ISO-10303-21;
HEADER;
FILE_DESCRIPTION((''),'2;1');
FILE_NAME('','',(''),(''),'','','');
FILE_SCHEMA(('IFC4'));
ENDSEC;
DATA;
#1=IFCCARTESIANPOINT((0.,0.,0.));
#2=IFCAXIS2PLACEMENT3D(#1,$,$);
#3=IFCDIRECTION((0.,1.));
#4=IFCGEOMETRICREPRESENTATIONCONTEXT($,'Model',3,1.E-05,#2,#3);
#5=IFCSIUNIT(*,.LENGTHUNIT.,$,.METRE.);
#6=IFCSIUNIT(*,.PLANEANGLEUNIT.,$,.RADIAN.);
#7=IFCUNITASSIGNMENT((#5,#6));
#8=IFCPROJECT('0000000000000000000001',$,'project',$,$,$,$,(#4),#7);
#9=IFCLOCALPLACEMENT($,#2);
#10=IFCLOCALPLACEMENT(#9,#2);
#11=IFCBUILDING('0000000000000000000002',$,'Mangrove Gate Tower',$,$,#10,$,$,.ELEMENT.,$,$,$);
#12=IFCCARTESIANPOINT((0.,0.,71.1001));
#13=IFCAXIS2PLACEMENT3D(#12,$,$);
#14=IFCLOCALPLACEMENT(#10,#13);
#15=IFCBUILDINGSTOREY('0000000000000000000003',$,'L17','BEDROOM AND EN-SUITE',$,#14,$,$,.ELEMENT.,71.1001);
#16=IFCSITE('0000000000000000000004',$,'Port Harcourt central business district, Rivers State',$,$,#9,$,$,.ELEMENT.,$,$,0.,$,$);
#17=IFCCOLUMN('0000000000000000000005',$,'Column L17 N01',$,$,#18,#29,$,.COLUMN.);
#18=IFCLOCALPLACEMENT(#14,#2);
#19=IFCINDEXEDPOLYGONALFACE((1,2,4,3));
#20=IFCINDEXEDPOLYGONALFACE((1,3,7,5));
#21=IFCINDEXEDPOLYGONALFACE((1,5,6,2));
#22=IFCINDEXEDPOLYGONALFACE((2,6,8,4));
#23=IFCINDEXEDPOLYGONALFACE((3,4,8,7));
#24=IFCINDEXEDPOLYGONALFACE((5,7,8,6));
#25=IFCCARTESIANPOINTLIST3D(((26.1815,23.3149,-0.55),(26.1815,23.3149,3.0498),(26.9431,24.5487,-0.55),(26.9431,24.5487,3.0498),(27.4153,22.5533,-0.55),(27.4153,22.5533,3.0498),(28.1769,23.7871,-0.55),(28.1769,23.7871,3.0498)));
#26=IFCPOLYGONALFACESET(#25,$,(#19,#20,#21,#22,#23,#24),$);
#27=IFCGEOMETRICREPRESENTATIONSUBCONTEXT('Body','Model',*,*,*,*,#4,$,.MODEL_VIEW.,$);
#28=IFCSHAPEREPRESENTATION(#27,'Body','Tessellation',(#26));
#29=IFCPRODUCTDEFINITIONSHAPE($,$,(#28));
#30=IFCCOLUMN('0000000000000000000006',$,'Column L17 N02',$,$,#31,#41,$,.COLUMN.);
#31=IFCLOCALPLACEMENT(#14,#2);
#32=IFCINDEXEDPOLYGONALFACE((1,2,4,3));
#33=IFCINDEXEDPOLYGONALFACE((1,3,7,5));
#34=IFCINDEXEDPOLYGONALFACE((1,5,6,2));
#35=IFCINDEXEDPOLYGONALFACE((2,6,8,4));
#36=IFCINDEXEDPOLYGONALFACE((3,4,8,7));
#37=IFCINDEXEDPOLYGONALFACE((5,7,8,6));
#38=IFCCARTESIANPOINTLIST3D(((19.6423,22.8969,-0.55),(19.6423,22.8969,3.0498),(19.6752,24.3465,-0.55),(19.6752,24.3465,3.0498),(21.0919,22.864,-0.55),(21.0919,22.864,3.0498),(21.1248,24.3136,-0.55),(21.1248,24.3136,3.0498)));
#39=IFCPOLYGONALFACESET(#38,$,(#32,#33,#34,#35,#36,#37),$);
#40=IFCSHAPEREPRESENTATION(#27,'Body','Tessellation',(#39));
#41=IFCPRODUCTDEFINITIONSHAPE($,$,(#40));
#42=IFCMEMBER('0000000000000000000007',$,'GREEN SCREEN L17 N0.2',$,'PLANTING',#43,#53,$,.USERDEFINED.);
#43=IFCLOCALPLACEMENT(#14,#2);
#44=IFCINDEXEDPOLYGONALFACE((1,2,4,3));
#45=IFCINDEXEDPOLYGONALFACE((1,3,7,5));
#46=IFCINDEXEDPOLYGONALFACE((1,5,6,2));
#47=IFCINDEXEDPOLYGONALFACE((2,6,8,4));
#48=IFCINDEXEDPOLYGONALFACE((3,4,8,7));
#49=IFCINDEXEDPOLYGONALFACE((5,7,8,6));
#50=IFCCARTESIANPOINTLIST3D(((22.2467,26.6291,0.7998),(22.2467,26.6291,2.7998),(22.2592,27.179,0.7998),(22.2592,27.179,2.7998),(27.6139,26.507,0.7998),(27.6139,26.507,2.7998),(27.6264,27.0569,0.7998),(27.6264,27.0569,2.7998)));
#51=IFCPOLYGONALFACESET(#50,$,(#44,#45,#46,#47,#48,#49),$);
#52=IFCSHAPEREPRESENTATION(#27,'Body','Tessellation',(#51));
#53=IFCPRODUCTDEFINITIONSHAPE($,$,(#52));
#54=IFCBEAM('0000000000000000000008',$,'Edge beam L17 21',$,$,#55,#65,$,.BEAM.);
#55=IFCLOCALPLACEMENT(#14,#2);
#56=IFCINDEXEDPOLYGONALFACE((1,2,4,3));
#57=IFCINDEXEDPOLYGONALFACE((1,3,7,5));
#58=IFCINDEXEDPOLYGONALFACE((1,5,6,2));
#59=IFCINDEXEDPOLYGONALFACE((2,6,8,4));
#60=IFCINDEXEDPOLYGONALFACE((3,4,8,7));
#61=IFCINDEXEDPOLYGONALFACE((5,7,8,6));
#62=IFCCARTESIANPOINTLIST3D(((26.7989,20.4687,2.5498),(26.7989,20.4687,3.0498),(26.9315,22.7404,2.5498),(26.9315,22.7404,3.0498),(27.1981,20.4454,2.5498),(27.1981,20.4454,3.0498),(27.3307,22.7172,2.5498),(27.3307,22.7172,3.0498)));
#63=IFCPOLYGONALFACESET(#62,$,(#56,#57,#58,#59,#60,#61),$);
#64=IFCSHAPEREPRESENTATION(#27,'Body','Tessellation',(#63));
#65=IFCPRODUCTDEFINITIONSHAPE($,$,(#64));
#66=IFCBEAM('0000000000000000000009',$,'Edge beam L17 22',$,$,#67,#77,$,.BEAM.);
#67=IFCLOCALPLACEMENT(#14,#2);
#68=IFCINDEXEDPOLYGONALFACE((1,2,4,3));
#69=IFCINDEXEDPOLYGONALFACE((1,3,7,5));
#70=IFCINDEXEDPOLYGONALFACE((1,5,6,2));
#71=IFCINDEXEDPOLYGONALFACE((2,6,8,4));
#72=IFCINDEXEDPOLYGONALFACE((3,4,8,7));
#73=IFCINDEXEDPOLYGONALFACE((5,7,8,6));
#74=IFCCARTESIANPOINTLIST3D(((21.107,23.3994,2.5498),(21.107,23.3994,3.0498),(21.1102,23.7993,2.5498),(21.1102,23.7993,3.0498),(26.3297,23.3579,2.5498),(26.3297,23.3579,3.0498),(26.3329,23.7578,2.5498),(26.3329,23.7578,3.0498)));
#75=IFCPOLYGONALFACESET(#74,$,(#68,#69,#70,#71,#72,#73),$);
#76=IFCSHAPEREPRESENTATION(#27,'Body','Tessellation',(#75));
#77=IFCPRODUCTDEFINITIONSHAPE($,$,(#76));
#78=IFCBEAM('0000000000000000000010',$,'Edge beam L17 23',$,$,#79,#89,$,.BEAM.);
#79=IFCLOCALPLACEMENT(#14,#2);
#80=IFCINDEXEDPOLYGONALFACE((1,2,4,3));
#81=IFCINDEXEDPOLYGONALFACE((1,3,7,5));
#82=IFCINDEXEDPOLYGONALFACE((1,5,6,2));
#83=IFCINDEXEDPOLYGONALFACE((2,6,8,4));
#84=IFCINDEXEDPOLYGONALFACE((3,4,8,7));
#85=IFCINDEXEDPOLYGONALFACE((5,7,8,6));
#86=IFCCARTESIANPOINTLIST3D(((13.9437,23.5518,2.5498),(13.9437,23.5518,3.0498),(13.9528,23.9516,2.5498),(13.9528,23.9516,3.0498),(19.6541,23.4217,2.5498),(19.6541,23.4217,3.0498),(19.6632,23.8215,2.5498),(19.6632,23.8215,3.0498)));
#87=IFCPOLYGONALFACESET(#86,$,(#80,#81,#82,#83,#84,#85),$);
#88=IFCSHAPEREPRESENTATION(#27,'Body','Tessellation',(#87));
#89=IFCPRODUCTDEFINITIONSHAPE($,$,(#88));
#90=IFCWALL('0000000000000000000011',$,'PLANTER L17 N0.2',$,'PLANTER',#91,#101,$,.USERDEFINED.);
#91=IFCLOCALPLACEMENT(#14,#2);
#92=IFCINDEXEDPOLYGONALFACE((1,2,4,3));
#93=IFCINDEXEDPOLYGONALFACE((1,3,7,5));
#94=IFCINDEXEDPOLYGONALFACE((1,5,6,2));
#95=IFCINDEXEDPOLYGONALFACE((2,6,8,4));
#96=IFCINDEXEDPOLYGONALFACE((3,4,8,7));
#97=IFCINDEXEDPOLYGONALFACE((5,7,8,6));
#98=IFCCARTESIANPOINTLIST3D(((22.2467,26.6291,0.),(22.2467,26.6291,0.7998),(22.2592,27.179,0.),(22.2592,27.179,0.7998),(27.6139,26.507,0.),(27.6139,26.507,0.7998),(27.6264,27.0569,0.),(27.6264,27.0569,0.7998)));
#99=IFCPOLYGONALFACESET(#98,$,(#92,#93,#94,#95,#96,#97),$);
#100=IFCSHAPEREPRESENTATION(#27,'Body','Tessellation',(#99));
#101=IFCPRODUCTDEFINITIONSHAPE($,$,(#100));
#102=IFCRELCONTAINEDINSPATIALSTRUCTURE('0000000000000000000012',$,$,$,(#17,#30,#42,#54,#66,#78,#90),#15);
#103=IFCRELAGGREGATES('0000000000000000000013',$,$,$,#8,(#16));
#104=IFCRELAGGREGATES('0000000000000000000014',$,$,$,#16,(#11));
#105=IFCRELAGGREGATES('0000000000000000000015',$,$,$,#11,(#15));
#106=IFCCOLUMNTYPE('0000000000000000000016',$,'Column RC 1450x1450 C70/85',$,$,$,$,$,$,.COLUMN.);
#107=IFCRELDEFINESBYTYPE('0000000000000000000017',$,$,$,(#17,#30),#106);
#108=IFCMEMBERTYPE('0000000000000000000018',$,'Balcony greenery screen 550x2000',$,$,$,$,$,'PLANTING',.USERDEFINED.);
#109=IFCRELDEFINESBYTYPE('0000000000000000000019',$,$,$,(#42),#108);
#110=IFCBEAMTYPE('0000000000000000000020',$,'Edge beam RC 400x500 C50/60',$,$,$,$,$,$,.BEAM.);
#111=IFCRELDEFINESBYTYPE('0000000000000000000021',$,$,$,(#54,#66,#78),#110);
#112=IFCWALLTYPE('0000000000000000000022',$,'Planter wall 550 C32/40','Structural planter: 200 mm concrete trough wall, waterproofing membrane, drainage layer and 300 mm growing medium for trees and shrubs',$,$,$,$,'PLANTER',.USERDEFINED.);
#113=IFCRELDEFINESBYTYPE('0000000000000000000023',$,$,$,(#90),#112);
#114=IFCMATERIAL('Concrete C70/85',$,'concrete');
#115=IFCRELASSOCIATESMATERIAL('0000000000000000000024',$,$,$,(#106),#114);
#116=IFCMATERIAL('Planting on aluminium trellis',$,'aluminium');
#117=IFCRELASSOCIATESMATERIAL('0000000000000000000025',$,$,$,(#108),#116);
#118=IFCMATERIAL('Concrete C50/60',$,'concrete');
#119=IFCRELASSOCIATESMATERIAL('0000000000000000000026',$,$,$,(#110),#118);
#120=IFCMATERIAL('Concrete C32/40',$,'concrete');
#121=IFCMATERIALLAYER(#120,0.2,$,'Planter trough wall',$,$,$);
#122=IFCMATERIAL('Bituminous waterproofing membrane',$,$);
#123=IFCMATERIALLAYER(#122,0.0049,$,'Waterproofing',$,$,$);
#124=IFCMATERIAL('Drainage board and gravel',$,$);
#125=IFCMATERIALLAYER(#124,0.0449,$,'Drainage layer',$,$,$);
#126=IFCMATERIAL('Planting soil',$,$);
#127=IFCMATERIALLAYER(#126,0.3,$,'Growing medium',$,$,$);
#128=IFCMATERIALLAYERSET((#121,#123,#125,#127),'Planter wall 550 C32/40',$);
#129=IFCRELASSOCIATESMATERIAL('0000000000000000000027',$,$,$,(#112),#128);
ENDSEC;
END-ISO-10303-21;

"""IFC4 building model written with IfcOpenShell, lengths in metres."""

from ifc_helpers import new_model, si_unit, direction, frame, frame_2d, origin, origin_2d, place, context, subcontext, project, spatial, rectangle, extrude, material, layer, layer_set, material_profile, profile_set, type_object, element, save


model = new_model("IFC4")

# Units and contexts
model_context = context("Model", 3, precision=1e-05, world=origin(), true_north=direction((0.0, 1.0)))
body_context = subcontext(model_context, "Body", "Model", "MODEL_VIEW")
ifc_project = project(units=[si_unit("LENGTHUNIT", "METRE"), si_unit("PLANEANGLEUNIT", "RADIAN")], contexts=[model_context])

# Site, building, storey
site_placement = place(None, origin())
site = spatial("IfcSite", under=ifc_project, at=site_placement, Name="Port Harcourt central business district, Rivers State", CompositionType="ELEMENT", RefElevation=0.0)
building_placement = place(site_placement, origin())
building = spatial("IfcBuilding", under=site, at=building_placement, Name="Mangrove Gate Tower", CompositionType="ELEMENT")
storey_placement = place(building_placement, frame((0.0, 0.0, 71.1001)))
storey = spatial("IfcBuildingStorey", under=building, at=storey_placement, Name="L17", Description="BEDROOM AND EN-SUITE", CompositionType="ELEMENT", Elevation=71.1001)

# Columns
ifc_material_1 = material(Name="Concrete C70/85", Category="concrete")
ifc_material_profile_1 = material_profile(ifc_material_1, rectangle(XDim=1.45, YDim=1.45, at=origin_2d()))
ifc_profile_set_1 = profile_set([ifc_material_profile_1], Name="Concrete C70/85")
column_type = type_object("IfcColumnType", Name="Column RC 1450x1450 C70/85", PredefinedType="COLUMN", material=ifc_profile_set_1)
for number, where, z_axis, x_axis, name in (
    (1, (27.1792, 23.551, -0.55), (0.0, 0.0, 1.0), (-0.850942, 0.52526, 0.0), "Column L17 N01"),
    (2, (20.3835, 23.6052, -0.55), (0.0, 0.0, 1.0), (-0.999743, 0.02269, 0.0), "Column L17 N02"),
):
    element("IfcColumn", number, at=place(storey_placement, frame(where, z_axis=z_axis, x_axis=x_axis)), inside=storey, type_object=column_type, Name=name, PredefinedType="COLUMN", context=body_context, shape_type="SweptSolid", body=[
        extrude(rectangle(XDim=1.45, YDim=1.45, at=origin_2d()), origin(), (0.0, 0.0, 1.0), 3.5999),
    ])

# Member
ifc_material_2 = material(Name="Planting on aluminium trellis", Category="aluminium")
ifc_material_profile_2 = material_profile(ifc_material_2, rectangle(XDim=0.55, YDim=2.0, at=origin_2d()))
ifc_profile_set_2 = profile_set([ifc_material_profile_2], Name="Planting on aluminium trellis")
member_type = type_object("IfcMemberType", Name="Balcony greenery screen 550x2000", ElementType="PLANTING", PredefinedType="USERDEFINED", material=ifc_profile_set_2)
member_placement = place(storey_placement, frame((22.2529, 26.9041, 1.7998), z_axis=(0.999741, -0.022738, 0.0), x_axis=(0.022738, 0.999741, 0.0)))
element("IfcMember", 3, at=member_placement, inside=storey, type_object=member_type, Name="GREEN SCREEN L17 N0.2", ObjectType="PLANTING", PredefinedType="USERDEFINED", context=body_context, shape_type="SweptSolid", body=[
    extrude(rectangle(XDim=0.55, YDim=2.0, at=origin_2d()), origin(), (0.0, 0.0, 1.0), 5.3687),
])

# Beams
ifc_material_3 = material(Name="Concrete C50/60", Category="concrete")
ifc_material_profile_3 = material_profile(ifc_material_3, rectangle(XDim=0.3999, YDim=0.5, at=origin_2d()))
ifc_profile_set_3 = profile_set([ifc_material_profile_3], Name="Concrete C50/60")
beam_type = type_object("IfcBeamType", Name="Edge beam RC 400x500 C50/60", PredefinedType="BEAM", material=ifc_profile_set_3)
beam_1_placement = place(storey_placement, frame((26.9985, 20.457, 2.7998), z_axis=(0.058257, 0.998302, 0.0), x_axis=(-0.998302, 0.058257, 0.0)))
element("IfcBeam", 4, at=beam_1_placement, inside=storey, type_object=beam_type, Name="Edge beam L17 21", PredefinedType="BEAM", context=body_context, shape_type="SweptSolid", body=[
    extrude(rectangle(XDim=0.3999, YDim=0.5, at=origin_2d()), origin(), (0.0, 0.0, 1.0), 2.2756),
])
beam_2_placement = place(storey_placement, frame((26.3313, 23.5579, 2.7998), z_axis=(-0.999968, 0.007947, 0.0), x_axis=(-0.007947, -0.999968, 0.0)))
element("IfcBeam", 5, at=beam_2_placement, inside=storey, type_object=beam_type, Name="Edge beam L17 22", PredefinedType="BEAM", context=body_context, shape_type="SweptSolid", body=[
    extrude(rectangle(XDim=0.3999, YDim=0.5, at=origin_2d()), origin(), (0.0, 0.0, 1.0), 5.2229),
])
beam_3_placement = place(storey_placement, frame((19.6587, 23.6216, 2.7998), z_axis=(-0.99974, 0.022782, 0.0), x_axis=(-0.022782, -0.99974, 0.0)))
element("IfcBeam", 6, at=beam_3_placement, inside=storey, type_object=beam_type, Name="Edge beam L17 23", PredefinedType="BEAM", context=body_context, shape_type="SweptSolid", body=[
    extrude(rectangle(XDim=0.3999, YDim=0.5, at=origin_2d()), origin(), (0.0, 0.0, 1.0), 5.7119),
])

# Wall
ifc_material_4 = material(Name="Concrete C32/40", Category="concrete")
ifc_layer_1 = layer(ifc_material_4, 0.2, Name="Planter trough wall")
ifc_material_5 = material(Name="Bituminous waterproofing membrane")
ifc_layer_2 = layer(ifc_material_5, 0.0049, Name="Waterproofing")
ifc_material_6 = material(Name="Drainage board and gravel")
ifc_layer_3 = layer(ifc_material_6, 0.0449, Name="Drainage layer")
ifc_material_7 = material(Name="Planting soil")
ifc_layer_4 = layer(ifc_material_7, 0.3, Name="Growing medium")
ifc_layer_set_1 = layer_set([ifc_layer_1, ifc_layer_2, ifc_layer_3, ifc_layer_4], Name="Planter wall 550 C32/40")
wall_type_1 = type_object("IfcWallType", Name="Planter wall 550 C32/40", Description="Structural planter: 200 mm concrete trough wall, waterproofing membrane, drainage layer and 300 mm growing medium for trees and shrubs", ElementType="PLANTER", PredefinedType="USERDEFINED", material=ifc_layer_set_1)
wall_1_placement = place(storey_placement, frame((22.2529, 26.9041, 0.0), z_axis=(0.0, 0.0, 1.0), x_axis=(0.999741, -0.022738, 0.0)))
element("IfcWall", 7, at=wall_1_placement, inside=storey, type_object=wall_type_1, Name="PLANTER L17 N0.2", ObjectType="PLANTER", PredefinedType="USERDEFINED", context=body_context, shape_type="SweptSolid", body=[
    extrude(rectangle(XDim=5.3687, YDim=0.55, at=frame_2d((2.6843, 0.0))), origin(), (0.0, 0.0, 1.0), 0.7998),
])

save(model, "model.ifc")
